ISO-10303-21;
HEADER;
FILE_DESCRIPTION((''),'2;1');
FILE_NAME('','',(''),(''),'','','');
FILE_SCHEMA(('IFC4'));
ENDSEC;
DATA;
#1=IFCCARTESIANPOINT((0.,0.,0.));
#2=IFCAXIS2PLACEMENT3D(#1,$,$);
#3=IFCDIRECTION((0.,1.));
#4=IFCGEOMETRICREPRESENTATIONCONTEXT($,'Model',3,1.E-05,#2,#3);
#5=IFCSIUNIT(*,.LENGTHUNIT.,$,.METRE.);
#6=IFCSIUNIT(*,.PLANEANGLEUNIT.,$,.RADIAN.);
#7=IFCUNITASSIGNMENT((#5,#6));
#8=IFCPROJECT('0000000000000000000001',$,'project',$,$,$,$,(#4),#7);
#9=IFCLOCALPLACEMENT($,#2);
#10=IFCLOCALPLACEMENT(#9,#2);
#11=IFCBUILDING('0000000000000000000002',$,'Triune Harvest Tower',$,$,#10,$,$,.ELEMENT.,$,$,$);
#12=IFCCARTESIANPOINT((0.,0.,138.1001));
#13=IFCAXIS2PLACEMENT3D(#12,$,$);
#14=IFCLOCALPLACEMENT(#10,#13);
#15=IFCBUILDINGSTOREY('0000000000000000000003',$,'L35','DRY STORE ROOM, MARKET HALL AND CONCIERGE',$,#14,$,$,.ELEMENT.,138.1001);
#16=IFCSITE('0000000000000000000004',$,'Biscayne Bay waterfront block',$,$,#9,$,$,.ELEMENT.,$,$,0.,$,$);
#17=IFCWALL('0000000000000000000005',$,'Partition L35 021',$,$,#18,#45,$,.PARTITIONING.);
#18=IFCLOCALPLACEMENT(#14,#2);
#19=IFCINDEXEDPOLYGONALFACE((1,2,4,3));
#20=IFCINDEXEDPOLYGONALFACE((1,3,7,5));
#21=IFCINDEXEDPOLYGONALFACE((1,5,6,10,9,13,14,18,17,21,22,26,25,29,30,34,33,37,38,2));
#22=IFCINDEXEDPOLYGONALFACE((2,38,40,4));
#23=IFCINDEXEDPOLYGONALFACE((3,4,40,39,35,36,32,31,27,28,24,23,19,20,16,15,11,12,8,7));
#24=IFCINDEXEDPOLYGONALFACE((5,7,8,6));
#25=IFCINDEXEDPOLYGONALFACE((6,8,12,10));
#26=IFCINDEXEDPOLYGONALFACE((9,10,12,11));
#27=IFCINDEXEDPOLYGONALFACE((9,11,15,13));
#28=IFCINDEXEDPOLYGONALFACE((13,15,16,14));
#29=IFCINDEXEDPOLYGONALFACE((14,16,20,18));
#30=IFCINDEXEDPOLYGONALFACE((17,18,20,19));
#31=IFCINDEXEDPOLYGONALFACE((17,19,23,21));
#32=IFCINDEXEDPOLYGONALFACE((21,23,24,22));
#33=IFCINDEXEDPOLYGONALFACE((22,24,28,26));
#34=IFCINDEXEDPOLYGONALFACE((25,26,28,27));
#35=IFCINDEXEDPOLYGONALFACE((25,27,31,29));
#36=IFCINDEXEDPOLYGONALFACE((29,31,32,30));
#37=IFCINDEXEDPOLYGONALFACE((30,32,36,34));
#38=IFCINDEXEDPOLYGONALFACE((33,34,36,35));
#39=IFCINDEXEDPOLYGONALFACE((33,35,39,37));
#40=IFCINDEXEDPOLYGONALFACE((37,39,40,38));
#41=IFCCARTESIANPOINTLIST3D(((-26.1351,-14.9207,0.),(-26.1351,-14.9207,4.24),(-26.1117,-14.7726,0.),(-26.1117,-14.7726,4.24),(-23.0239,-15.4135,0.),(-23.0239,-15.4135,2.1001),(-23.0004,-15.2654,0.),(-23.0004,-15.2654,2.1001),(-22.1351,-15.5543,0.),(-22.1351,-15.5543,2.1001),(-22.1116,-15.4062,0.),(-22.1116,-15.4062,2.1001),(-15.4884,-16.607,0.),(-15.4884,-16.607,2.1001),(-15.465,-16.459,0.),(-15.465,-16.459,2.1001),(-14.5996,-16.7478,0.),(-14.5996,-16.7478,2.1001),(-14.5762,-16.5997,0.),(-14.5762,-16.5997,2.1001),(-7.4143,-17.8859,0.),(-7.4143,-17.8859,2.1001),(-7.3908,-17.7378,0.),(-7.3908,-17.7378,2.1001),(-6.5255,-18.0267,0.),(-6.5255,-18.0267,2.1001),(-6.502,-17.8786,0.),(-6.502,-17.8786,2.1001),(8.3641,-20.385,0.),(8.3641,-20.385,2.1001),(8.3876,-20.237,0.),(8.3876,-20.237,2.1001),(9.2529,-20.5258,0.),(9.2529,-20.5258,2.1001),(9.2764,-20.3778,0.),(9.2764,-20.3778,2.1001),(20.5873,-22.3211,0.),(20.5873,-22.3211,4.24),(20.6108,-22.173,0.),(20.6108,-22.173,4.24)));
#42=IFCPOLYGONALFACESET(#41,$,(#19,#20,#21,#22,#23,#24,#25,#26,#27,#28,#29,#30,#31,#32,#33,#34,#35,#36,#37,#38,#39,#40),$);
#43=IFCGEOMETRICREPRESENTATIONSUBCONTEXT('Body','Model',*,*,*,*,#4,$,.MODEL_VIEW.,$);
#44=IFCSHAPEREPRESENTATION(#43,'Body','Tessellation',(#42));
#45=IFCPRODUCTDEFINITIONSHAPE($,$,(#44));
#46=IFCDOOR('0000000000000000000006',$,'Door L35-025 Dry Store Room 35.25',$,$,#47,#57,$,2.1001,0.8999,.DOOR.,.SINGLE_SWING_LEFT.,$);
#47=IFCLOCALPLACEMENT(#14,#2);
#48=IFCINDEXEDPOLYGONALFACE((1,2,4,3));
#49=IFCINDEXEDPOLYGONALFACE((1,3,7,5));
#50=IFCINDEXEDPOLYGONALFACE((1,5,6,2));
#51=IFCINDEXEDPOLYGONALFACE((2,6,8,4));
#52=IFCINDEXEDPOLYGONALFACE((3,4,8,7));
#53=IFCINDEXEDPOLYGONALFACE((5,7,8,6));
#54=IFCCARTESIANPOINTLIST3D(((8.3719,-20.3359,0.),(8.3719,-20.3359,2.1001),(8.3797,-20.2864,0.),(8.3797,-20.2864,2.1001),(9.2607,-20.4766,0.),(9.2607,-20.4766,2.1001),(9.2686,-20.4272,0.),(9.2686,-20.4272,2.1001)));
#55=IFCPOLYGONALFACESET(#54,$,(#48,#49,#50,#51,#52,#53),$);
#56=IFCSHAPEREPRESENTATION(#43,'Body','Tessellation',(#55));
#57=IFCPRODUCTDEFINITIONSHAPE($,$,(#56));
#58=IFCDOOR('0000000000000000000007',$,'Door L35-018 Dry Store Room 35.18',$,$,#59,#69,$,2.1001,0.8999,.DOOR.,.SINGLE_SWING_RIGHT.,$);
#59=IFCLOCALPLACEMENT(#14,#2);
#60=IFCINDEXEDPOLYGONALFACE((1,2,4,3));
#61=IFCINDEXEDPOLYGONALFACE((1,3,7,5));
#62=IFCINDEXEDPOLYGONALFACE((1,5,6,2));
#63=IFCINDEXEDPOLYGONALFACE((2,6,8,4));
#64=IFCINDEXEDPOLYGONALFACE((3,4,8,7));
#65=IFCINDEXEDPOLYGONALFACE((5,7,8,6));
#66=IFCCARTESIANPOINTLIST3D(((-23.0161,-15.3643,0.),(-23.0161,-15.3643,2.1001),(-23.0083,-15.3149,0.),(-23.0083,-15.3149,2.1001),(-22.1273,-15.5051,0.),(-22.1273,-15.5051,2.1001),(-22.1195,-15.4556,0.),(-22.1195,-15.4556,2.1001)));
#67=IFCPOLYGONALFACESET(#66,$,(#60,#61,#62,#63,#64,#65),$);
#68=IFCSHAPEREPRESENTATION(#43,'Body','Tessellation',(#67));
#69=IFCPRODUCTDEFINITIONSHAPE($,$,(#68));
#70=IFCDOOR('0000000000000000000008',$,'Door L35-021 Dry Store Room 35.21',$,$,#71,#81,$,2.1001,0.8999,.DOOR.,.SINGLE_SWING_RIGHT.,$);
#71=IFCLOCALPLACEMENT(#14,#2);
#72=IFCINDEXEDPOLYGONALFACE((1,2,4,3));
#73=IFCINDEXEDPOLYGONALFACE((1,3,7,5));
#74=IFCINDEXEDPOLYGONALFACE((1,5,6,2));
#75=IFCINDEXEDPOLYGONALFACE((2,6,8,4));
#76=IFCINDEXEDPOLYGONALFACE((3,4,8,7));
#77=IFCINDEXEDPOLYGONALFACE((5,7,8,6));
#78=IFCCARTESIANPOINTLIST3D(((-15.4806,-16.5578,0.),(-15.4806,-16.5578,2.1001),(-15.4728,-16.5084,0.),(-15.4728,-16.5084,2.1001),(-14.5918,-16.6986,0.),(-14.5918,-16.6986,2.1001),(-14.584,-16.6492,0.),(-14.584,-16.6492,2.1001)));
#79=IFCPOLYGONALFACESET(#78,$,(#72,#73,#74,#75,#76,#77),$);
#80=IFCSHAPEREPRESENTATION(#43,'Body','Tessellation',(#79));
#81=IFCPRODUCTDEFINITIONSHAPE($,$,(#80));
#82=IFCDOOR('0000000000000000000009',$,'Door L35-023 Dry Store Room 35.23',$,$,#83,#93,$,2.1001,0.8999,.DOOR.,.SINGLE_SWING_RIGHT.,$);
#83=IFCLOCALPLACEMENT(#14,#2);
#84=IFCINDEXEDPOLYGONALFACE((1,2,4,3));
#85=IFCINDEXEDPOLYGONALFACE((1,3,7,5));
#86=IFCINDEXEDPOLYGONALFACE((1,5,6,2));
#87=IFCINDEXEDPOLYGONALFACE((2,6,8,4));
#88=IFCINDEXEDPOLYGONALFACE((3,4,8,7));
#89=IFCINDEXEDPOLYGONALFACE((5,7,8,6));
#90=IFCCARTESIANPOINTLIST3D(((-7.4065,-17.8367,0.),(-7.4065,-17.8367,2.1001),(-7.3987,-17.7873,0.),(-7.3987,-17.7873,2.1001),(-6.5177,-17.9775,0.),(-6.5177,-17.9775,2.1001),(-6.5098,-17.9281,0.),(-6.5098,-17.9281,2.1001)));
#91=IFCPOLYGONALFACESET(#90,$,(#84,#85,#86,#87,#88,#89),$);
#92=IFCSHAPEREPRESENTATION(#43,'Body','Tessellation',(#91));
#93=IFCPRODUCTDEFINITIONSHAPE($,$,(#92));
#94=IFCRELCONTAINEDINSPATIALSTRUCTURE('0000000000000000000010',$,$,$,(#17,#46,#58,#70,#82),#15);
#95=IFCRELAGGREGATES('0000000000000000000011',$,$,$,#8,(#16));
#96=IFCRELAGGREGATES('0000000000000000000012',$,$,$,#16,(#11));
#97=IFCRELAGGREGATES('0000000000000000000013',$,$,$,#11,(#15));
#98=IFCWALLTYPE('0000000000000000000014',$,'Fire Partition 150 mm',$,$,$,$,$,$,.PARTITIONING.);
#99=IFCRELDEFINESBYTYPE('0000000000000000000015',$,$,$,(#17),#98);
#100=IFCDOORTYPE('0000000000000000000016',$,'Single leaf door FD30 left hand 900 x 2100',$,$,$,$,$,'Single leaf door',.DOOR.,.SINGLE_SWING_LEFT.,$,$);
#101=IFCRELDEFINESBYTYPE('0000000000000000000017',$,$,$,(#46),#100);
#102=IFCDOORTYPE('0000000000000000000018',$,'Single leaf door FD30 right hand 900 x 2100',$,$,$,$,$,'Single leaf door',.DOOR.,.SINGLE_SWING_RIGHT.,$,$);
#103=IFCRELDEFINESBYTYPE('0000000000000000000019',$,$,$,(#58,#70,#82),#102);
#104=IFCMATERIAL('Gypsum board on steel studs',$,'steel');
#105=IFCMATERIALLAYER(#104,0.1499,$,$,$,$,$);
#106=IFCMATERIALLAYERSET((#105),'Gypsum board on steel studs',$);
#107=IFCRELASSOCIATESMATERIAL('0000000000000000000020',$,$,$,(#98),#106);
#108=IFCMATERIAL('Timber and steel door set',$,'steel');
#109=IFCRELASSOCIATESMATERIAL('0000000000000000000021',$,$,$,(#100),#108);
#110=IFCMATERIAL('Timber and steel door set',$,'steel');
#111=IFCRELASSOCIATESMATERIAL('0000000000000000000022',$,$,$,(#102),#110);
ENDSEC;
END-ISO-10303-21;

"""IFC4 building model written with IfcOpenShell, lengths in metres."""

from ifc_helpers import new_model, si_unit, direction, frame, frame_2d, origin, place, context, subcontext, project, spatial, rectangle, extrude, material, layer, layer_set, type_object, element, fill, save


model = new_model("IFC4")

# Units and contexts
model_context = context("Model", 3, precision=1e-05, world=origin(), true_north=direction((0.0, 1.0)))
body_context = subcontext(model_context, "Body", "Model", "MODEL_VIEW")
ifc_project = project(units=[si_unit("LENGTHUNIT", "METRE"), si_unit("PLANEANGLEUNIT", "RADIAN")], contexts=[model_context])

# Site, building, storey
site_placement = place(None, origin())
site = spatial("IfcSite", under=ifc_project, at=site_placement, Name="Biscayne Bay waterfront block", CompositionType="ELEMENT", RefElevation=0.0)
building_placement = place(site_placement, origin())
building = spatial("IfcBuilding", under=site, at=building_placement, Name="Triune Harvest Tower", CompositionType="ELEMENT")
storey_placement = place(building_placement, frame((0.0, 0.0, 138.1001)))
storey = spatial("IfcBuildingStorey", under=building, at=storey_placement, Name="L35", Description="DRY STORE ROOM, MARKET HALL AND CONCIERGE", CompositionType="ELEMENT", Elevation=138.1001)

# Wall, openings, doors
ifc_material_1 = material(Name="Gypsum board on steel studs", Category="steel")
ifc_layer_1 = layer(ifc_material_1, 0.1499)
ifc_layer_set_1 = layer_set([ifc_layer_1], Name="Gypsum board on steel studs")
wall_type = type_object("IfcWallType", Name="Fire Partition 150 mm", PredefinedType="PARTITIONING", material=ifc_layer_set_1)
wall_placement = place(storey_placement, frame((-26.1233, -14.8467, 0.0), z_axis=(0.0, 0.0, 1.0), x_axis=(0.987687, -0.15644, 0.0)))
wall = element("IfcWall", 1, at=wall_placement, inside=storey, type_object=wall_type, Name="Partition L35 021", PredefinedType="PARTITIONING", context=body_context, shape_type="SweptSolid", body=[
    extrude(rectangle(XDim=47.3049, YDim=0.1499, at=frame_2d((23.6523, 0.0))), origin(), (0.0, 0.0, 1.0), 4.24),
])
opening_1_placement = place(wall_placement, frame((3.1499, 0.0, 0.0)))
opening_1 = element("IfcOpeningElement", 2, at=opening_1_placement, cuts=wall, PredefinedType="OPENING", context=body_context, shape_type="SweptSolid", body=[
    extrude(rectangle(XDim=0.8999, YDim=2.1001, at=frame_2d((0.45, 1.05))), frame((0.0, 0.085, 0.0), z_axis=(0.0, -1.0, 0.0), x_axis=(1.0, 0.0, 0.0)), (0.0, 0.0, 1.0), 0.1699),
])
opening_2_placement = place(wall_placement, frame((10.7793, 0.0, 0.0)))
opening_2 = element("IfcOpeningElement", 3, at=opening_2_placement, cuts=wall, PredefinedType="OPENING", context=body_context, shape_type="SweptSolid", body=[
    extrude(rectangle(XDim=0.8999, YDim=2.1001, at=frame_2d((0.45, 1.05))), frame((0.0, 0.085, 0.0), z_axis=(0.0, -1.0, 0.0), x_axis=(1.0, 0.0, 0.0)), (0.0, 0.0, 1.0), 0.1699),
])
opening_3_placement = place(wall_placement, frame((18.9541, 0.0, 0.0)))
opening_3 = element("IfcOpeningElement", 4, at=opening_3_placement, cuts=wall, PredefinedType="OPENING", context=body_context, shape_type="SweptSolid", body=[
    extrude(rectangle(XDim=0.8999, YDim=2.1001, at=frame_2d((0.45, 1.05))), frame((0.0, 0.085, 0.0), z_axis=(0.0, -1.0, 0.0), x_axis=(1.0, 0.0, 0.0)), (0.0, 0.0, 1.0), 0.1699),
])
opening_4_placement = place(wall_placement, frame((34.9292, 0.0, 0.0)))
opening_4 = element("IfcOpeningElement", 5, at=opening_4_placement, cuts=wall, PredefinedType="OPENING", context=body_context, shape_type="SweptSolid", body=[
    extrude(rectangle(XDim=0.8999, YDim=2.1001, at=frame_2d((0.45, 1.05))), frame((0.0, 0.085, 0.0), z_axis=(0.0, -1.0, 0.0), x_axis=(1.0, 0.0, 0.0)), (0.0, 0.0, 1.0), 0.1699),
])
ifc_material_2 = material(Name="Timber and steel door set", Category="steel")
door_type_1 = type_object("IfcDoorType", Name="Single leaf door FD30 left hand 900 x 2100", ElementType="Single leaf door", OperationType="SINGLE_SWING_LEFT", PredefinedType="DOOR", material=ifc_material_2)
door_1_placement = place(opening_4_placement, origin())
door_1 = element("IfcDoor", 6, at=door_1_placement, inside=storey, type_object=door_type_1, Name="Door L35-025 Dry Store Room 35.25", OperationType="SINGLE_SWING_LEFT", OverallHeight=2.1001, OverallWidth=0.8999, PredefinedType="DOOR", context=body_context, shape_type="SweptSolid", body=[
    extrude(rectangle(XDim=0.8999, YDim=2.1001, at=frame_2d((0.45, 1.05))), frame((0.0, 0.0249, 0.0), z_axis=(0.0, -1.0, 0.0), x_axis=(1.0, 0.0, 0.0)), (0.0, 0.0, 1.0), 0.05),
])
fill(opening_4, door_1)
ifc_material_3 = material(Name="Timber and steel door set", Category="steel")
door_type_2 = type_object("IfcDoorType", Name="Single leaf door FD30 right hand 900 x 2100", ElementType="Single leaf door", OperationType="SINGLE_SWING_RIGHT", PredefinedType="DOOR", material=ifc_material_3)
door_2_placement = place(opening_1_placement, origin())
door_2 = element("IfcDoor", 7, at=door_2_placement, inside=storey, type_object=door_type_2, Name="Door L35-018 Dry Store Room 35.18", OperationType="SINGLE_SWING_RIGHT", OverallHeight=2.1001, OverallWidth=0.8999, PredefinedType="DOOR", context=body_context, shape_type="SweptSolid", body=[
    extrude(rectangle(XDim=0.8999, YDim=2.1001, at=frame_2d((0.45, 1.05))), frame((0.0, 0.0249, 0.0), z_axis=(0.0, -1.0, 0.0), x_axis=(1.0, 0.0, 0.0)), (0.0, 0.0, 1.0), 0.05),
])
fill(opening_1, door_2)
door_3_placement = place(opening_2_placement, origin())
door_3 = element("IfcDoor", 8, at=door_3_placement, inside=storey, type_object=door_type_2, Name="Door L35-021 Dry Store Room 35.21", OperationType="SINGLE_SWING_RIGHT", OverallHeight=2.1001, OverallWidth=0.8999, PredefinedType="DOOR", context=body_context, shape_type="SweptSolid", body=[
    extrude(rectangle(XDim=0.8999, YDim=2.1001, at=frame_2d((0.45, 1.05))), frame((0.0, 0.0249, 0.0), z_axis=(0.0, -1.0, 0.0), x_axis=(1.0, 0.0, 0.0)), (0.0, 0.0, 1.0), 0.05),
])
fill(opening_2, door_3)
door_4_placement = place(opening_3_placement, origin())
door_4 = element("IfcDoor", 9, at=door_4_placement, inside=storey, type_object=door_type_2, Name="Door L35-023 Dry Store Room 35.23", OperationType="SINGLE_SWING_RIGHT", OverallHeight=2.1001, OverallWidth=0.8999, PredefinedType="DOOR", context=body_context, shape_type="SweptSolid", body=[
    extrude(rectangle(XDim=0.8999, YDim=2.1001, at=frame_2d((0.45, 1.05))), frame((0.0, 0.0249, 0.0), z_axis=(0.0, -1.0, 0.0), x_axis=(1.0, 0.0, 0.0)), (0.0, 0.0, 1.0), 0.05),
])
fill(opening_3, door_4)

save(model, "model.ifc")
